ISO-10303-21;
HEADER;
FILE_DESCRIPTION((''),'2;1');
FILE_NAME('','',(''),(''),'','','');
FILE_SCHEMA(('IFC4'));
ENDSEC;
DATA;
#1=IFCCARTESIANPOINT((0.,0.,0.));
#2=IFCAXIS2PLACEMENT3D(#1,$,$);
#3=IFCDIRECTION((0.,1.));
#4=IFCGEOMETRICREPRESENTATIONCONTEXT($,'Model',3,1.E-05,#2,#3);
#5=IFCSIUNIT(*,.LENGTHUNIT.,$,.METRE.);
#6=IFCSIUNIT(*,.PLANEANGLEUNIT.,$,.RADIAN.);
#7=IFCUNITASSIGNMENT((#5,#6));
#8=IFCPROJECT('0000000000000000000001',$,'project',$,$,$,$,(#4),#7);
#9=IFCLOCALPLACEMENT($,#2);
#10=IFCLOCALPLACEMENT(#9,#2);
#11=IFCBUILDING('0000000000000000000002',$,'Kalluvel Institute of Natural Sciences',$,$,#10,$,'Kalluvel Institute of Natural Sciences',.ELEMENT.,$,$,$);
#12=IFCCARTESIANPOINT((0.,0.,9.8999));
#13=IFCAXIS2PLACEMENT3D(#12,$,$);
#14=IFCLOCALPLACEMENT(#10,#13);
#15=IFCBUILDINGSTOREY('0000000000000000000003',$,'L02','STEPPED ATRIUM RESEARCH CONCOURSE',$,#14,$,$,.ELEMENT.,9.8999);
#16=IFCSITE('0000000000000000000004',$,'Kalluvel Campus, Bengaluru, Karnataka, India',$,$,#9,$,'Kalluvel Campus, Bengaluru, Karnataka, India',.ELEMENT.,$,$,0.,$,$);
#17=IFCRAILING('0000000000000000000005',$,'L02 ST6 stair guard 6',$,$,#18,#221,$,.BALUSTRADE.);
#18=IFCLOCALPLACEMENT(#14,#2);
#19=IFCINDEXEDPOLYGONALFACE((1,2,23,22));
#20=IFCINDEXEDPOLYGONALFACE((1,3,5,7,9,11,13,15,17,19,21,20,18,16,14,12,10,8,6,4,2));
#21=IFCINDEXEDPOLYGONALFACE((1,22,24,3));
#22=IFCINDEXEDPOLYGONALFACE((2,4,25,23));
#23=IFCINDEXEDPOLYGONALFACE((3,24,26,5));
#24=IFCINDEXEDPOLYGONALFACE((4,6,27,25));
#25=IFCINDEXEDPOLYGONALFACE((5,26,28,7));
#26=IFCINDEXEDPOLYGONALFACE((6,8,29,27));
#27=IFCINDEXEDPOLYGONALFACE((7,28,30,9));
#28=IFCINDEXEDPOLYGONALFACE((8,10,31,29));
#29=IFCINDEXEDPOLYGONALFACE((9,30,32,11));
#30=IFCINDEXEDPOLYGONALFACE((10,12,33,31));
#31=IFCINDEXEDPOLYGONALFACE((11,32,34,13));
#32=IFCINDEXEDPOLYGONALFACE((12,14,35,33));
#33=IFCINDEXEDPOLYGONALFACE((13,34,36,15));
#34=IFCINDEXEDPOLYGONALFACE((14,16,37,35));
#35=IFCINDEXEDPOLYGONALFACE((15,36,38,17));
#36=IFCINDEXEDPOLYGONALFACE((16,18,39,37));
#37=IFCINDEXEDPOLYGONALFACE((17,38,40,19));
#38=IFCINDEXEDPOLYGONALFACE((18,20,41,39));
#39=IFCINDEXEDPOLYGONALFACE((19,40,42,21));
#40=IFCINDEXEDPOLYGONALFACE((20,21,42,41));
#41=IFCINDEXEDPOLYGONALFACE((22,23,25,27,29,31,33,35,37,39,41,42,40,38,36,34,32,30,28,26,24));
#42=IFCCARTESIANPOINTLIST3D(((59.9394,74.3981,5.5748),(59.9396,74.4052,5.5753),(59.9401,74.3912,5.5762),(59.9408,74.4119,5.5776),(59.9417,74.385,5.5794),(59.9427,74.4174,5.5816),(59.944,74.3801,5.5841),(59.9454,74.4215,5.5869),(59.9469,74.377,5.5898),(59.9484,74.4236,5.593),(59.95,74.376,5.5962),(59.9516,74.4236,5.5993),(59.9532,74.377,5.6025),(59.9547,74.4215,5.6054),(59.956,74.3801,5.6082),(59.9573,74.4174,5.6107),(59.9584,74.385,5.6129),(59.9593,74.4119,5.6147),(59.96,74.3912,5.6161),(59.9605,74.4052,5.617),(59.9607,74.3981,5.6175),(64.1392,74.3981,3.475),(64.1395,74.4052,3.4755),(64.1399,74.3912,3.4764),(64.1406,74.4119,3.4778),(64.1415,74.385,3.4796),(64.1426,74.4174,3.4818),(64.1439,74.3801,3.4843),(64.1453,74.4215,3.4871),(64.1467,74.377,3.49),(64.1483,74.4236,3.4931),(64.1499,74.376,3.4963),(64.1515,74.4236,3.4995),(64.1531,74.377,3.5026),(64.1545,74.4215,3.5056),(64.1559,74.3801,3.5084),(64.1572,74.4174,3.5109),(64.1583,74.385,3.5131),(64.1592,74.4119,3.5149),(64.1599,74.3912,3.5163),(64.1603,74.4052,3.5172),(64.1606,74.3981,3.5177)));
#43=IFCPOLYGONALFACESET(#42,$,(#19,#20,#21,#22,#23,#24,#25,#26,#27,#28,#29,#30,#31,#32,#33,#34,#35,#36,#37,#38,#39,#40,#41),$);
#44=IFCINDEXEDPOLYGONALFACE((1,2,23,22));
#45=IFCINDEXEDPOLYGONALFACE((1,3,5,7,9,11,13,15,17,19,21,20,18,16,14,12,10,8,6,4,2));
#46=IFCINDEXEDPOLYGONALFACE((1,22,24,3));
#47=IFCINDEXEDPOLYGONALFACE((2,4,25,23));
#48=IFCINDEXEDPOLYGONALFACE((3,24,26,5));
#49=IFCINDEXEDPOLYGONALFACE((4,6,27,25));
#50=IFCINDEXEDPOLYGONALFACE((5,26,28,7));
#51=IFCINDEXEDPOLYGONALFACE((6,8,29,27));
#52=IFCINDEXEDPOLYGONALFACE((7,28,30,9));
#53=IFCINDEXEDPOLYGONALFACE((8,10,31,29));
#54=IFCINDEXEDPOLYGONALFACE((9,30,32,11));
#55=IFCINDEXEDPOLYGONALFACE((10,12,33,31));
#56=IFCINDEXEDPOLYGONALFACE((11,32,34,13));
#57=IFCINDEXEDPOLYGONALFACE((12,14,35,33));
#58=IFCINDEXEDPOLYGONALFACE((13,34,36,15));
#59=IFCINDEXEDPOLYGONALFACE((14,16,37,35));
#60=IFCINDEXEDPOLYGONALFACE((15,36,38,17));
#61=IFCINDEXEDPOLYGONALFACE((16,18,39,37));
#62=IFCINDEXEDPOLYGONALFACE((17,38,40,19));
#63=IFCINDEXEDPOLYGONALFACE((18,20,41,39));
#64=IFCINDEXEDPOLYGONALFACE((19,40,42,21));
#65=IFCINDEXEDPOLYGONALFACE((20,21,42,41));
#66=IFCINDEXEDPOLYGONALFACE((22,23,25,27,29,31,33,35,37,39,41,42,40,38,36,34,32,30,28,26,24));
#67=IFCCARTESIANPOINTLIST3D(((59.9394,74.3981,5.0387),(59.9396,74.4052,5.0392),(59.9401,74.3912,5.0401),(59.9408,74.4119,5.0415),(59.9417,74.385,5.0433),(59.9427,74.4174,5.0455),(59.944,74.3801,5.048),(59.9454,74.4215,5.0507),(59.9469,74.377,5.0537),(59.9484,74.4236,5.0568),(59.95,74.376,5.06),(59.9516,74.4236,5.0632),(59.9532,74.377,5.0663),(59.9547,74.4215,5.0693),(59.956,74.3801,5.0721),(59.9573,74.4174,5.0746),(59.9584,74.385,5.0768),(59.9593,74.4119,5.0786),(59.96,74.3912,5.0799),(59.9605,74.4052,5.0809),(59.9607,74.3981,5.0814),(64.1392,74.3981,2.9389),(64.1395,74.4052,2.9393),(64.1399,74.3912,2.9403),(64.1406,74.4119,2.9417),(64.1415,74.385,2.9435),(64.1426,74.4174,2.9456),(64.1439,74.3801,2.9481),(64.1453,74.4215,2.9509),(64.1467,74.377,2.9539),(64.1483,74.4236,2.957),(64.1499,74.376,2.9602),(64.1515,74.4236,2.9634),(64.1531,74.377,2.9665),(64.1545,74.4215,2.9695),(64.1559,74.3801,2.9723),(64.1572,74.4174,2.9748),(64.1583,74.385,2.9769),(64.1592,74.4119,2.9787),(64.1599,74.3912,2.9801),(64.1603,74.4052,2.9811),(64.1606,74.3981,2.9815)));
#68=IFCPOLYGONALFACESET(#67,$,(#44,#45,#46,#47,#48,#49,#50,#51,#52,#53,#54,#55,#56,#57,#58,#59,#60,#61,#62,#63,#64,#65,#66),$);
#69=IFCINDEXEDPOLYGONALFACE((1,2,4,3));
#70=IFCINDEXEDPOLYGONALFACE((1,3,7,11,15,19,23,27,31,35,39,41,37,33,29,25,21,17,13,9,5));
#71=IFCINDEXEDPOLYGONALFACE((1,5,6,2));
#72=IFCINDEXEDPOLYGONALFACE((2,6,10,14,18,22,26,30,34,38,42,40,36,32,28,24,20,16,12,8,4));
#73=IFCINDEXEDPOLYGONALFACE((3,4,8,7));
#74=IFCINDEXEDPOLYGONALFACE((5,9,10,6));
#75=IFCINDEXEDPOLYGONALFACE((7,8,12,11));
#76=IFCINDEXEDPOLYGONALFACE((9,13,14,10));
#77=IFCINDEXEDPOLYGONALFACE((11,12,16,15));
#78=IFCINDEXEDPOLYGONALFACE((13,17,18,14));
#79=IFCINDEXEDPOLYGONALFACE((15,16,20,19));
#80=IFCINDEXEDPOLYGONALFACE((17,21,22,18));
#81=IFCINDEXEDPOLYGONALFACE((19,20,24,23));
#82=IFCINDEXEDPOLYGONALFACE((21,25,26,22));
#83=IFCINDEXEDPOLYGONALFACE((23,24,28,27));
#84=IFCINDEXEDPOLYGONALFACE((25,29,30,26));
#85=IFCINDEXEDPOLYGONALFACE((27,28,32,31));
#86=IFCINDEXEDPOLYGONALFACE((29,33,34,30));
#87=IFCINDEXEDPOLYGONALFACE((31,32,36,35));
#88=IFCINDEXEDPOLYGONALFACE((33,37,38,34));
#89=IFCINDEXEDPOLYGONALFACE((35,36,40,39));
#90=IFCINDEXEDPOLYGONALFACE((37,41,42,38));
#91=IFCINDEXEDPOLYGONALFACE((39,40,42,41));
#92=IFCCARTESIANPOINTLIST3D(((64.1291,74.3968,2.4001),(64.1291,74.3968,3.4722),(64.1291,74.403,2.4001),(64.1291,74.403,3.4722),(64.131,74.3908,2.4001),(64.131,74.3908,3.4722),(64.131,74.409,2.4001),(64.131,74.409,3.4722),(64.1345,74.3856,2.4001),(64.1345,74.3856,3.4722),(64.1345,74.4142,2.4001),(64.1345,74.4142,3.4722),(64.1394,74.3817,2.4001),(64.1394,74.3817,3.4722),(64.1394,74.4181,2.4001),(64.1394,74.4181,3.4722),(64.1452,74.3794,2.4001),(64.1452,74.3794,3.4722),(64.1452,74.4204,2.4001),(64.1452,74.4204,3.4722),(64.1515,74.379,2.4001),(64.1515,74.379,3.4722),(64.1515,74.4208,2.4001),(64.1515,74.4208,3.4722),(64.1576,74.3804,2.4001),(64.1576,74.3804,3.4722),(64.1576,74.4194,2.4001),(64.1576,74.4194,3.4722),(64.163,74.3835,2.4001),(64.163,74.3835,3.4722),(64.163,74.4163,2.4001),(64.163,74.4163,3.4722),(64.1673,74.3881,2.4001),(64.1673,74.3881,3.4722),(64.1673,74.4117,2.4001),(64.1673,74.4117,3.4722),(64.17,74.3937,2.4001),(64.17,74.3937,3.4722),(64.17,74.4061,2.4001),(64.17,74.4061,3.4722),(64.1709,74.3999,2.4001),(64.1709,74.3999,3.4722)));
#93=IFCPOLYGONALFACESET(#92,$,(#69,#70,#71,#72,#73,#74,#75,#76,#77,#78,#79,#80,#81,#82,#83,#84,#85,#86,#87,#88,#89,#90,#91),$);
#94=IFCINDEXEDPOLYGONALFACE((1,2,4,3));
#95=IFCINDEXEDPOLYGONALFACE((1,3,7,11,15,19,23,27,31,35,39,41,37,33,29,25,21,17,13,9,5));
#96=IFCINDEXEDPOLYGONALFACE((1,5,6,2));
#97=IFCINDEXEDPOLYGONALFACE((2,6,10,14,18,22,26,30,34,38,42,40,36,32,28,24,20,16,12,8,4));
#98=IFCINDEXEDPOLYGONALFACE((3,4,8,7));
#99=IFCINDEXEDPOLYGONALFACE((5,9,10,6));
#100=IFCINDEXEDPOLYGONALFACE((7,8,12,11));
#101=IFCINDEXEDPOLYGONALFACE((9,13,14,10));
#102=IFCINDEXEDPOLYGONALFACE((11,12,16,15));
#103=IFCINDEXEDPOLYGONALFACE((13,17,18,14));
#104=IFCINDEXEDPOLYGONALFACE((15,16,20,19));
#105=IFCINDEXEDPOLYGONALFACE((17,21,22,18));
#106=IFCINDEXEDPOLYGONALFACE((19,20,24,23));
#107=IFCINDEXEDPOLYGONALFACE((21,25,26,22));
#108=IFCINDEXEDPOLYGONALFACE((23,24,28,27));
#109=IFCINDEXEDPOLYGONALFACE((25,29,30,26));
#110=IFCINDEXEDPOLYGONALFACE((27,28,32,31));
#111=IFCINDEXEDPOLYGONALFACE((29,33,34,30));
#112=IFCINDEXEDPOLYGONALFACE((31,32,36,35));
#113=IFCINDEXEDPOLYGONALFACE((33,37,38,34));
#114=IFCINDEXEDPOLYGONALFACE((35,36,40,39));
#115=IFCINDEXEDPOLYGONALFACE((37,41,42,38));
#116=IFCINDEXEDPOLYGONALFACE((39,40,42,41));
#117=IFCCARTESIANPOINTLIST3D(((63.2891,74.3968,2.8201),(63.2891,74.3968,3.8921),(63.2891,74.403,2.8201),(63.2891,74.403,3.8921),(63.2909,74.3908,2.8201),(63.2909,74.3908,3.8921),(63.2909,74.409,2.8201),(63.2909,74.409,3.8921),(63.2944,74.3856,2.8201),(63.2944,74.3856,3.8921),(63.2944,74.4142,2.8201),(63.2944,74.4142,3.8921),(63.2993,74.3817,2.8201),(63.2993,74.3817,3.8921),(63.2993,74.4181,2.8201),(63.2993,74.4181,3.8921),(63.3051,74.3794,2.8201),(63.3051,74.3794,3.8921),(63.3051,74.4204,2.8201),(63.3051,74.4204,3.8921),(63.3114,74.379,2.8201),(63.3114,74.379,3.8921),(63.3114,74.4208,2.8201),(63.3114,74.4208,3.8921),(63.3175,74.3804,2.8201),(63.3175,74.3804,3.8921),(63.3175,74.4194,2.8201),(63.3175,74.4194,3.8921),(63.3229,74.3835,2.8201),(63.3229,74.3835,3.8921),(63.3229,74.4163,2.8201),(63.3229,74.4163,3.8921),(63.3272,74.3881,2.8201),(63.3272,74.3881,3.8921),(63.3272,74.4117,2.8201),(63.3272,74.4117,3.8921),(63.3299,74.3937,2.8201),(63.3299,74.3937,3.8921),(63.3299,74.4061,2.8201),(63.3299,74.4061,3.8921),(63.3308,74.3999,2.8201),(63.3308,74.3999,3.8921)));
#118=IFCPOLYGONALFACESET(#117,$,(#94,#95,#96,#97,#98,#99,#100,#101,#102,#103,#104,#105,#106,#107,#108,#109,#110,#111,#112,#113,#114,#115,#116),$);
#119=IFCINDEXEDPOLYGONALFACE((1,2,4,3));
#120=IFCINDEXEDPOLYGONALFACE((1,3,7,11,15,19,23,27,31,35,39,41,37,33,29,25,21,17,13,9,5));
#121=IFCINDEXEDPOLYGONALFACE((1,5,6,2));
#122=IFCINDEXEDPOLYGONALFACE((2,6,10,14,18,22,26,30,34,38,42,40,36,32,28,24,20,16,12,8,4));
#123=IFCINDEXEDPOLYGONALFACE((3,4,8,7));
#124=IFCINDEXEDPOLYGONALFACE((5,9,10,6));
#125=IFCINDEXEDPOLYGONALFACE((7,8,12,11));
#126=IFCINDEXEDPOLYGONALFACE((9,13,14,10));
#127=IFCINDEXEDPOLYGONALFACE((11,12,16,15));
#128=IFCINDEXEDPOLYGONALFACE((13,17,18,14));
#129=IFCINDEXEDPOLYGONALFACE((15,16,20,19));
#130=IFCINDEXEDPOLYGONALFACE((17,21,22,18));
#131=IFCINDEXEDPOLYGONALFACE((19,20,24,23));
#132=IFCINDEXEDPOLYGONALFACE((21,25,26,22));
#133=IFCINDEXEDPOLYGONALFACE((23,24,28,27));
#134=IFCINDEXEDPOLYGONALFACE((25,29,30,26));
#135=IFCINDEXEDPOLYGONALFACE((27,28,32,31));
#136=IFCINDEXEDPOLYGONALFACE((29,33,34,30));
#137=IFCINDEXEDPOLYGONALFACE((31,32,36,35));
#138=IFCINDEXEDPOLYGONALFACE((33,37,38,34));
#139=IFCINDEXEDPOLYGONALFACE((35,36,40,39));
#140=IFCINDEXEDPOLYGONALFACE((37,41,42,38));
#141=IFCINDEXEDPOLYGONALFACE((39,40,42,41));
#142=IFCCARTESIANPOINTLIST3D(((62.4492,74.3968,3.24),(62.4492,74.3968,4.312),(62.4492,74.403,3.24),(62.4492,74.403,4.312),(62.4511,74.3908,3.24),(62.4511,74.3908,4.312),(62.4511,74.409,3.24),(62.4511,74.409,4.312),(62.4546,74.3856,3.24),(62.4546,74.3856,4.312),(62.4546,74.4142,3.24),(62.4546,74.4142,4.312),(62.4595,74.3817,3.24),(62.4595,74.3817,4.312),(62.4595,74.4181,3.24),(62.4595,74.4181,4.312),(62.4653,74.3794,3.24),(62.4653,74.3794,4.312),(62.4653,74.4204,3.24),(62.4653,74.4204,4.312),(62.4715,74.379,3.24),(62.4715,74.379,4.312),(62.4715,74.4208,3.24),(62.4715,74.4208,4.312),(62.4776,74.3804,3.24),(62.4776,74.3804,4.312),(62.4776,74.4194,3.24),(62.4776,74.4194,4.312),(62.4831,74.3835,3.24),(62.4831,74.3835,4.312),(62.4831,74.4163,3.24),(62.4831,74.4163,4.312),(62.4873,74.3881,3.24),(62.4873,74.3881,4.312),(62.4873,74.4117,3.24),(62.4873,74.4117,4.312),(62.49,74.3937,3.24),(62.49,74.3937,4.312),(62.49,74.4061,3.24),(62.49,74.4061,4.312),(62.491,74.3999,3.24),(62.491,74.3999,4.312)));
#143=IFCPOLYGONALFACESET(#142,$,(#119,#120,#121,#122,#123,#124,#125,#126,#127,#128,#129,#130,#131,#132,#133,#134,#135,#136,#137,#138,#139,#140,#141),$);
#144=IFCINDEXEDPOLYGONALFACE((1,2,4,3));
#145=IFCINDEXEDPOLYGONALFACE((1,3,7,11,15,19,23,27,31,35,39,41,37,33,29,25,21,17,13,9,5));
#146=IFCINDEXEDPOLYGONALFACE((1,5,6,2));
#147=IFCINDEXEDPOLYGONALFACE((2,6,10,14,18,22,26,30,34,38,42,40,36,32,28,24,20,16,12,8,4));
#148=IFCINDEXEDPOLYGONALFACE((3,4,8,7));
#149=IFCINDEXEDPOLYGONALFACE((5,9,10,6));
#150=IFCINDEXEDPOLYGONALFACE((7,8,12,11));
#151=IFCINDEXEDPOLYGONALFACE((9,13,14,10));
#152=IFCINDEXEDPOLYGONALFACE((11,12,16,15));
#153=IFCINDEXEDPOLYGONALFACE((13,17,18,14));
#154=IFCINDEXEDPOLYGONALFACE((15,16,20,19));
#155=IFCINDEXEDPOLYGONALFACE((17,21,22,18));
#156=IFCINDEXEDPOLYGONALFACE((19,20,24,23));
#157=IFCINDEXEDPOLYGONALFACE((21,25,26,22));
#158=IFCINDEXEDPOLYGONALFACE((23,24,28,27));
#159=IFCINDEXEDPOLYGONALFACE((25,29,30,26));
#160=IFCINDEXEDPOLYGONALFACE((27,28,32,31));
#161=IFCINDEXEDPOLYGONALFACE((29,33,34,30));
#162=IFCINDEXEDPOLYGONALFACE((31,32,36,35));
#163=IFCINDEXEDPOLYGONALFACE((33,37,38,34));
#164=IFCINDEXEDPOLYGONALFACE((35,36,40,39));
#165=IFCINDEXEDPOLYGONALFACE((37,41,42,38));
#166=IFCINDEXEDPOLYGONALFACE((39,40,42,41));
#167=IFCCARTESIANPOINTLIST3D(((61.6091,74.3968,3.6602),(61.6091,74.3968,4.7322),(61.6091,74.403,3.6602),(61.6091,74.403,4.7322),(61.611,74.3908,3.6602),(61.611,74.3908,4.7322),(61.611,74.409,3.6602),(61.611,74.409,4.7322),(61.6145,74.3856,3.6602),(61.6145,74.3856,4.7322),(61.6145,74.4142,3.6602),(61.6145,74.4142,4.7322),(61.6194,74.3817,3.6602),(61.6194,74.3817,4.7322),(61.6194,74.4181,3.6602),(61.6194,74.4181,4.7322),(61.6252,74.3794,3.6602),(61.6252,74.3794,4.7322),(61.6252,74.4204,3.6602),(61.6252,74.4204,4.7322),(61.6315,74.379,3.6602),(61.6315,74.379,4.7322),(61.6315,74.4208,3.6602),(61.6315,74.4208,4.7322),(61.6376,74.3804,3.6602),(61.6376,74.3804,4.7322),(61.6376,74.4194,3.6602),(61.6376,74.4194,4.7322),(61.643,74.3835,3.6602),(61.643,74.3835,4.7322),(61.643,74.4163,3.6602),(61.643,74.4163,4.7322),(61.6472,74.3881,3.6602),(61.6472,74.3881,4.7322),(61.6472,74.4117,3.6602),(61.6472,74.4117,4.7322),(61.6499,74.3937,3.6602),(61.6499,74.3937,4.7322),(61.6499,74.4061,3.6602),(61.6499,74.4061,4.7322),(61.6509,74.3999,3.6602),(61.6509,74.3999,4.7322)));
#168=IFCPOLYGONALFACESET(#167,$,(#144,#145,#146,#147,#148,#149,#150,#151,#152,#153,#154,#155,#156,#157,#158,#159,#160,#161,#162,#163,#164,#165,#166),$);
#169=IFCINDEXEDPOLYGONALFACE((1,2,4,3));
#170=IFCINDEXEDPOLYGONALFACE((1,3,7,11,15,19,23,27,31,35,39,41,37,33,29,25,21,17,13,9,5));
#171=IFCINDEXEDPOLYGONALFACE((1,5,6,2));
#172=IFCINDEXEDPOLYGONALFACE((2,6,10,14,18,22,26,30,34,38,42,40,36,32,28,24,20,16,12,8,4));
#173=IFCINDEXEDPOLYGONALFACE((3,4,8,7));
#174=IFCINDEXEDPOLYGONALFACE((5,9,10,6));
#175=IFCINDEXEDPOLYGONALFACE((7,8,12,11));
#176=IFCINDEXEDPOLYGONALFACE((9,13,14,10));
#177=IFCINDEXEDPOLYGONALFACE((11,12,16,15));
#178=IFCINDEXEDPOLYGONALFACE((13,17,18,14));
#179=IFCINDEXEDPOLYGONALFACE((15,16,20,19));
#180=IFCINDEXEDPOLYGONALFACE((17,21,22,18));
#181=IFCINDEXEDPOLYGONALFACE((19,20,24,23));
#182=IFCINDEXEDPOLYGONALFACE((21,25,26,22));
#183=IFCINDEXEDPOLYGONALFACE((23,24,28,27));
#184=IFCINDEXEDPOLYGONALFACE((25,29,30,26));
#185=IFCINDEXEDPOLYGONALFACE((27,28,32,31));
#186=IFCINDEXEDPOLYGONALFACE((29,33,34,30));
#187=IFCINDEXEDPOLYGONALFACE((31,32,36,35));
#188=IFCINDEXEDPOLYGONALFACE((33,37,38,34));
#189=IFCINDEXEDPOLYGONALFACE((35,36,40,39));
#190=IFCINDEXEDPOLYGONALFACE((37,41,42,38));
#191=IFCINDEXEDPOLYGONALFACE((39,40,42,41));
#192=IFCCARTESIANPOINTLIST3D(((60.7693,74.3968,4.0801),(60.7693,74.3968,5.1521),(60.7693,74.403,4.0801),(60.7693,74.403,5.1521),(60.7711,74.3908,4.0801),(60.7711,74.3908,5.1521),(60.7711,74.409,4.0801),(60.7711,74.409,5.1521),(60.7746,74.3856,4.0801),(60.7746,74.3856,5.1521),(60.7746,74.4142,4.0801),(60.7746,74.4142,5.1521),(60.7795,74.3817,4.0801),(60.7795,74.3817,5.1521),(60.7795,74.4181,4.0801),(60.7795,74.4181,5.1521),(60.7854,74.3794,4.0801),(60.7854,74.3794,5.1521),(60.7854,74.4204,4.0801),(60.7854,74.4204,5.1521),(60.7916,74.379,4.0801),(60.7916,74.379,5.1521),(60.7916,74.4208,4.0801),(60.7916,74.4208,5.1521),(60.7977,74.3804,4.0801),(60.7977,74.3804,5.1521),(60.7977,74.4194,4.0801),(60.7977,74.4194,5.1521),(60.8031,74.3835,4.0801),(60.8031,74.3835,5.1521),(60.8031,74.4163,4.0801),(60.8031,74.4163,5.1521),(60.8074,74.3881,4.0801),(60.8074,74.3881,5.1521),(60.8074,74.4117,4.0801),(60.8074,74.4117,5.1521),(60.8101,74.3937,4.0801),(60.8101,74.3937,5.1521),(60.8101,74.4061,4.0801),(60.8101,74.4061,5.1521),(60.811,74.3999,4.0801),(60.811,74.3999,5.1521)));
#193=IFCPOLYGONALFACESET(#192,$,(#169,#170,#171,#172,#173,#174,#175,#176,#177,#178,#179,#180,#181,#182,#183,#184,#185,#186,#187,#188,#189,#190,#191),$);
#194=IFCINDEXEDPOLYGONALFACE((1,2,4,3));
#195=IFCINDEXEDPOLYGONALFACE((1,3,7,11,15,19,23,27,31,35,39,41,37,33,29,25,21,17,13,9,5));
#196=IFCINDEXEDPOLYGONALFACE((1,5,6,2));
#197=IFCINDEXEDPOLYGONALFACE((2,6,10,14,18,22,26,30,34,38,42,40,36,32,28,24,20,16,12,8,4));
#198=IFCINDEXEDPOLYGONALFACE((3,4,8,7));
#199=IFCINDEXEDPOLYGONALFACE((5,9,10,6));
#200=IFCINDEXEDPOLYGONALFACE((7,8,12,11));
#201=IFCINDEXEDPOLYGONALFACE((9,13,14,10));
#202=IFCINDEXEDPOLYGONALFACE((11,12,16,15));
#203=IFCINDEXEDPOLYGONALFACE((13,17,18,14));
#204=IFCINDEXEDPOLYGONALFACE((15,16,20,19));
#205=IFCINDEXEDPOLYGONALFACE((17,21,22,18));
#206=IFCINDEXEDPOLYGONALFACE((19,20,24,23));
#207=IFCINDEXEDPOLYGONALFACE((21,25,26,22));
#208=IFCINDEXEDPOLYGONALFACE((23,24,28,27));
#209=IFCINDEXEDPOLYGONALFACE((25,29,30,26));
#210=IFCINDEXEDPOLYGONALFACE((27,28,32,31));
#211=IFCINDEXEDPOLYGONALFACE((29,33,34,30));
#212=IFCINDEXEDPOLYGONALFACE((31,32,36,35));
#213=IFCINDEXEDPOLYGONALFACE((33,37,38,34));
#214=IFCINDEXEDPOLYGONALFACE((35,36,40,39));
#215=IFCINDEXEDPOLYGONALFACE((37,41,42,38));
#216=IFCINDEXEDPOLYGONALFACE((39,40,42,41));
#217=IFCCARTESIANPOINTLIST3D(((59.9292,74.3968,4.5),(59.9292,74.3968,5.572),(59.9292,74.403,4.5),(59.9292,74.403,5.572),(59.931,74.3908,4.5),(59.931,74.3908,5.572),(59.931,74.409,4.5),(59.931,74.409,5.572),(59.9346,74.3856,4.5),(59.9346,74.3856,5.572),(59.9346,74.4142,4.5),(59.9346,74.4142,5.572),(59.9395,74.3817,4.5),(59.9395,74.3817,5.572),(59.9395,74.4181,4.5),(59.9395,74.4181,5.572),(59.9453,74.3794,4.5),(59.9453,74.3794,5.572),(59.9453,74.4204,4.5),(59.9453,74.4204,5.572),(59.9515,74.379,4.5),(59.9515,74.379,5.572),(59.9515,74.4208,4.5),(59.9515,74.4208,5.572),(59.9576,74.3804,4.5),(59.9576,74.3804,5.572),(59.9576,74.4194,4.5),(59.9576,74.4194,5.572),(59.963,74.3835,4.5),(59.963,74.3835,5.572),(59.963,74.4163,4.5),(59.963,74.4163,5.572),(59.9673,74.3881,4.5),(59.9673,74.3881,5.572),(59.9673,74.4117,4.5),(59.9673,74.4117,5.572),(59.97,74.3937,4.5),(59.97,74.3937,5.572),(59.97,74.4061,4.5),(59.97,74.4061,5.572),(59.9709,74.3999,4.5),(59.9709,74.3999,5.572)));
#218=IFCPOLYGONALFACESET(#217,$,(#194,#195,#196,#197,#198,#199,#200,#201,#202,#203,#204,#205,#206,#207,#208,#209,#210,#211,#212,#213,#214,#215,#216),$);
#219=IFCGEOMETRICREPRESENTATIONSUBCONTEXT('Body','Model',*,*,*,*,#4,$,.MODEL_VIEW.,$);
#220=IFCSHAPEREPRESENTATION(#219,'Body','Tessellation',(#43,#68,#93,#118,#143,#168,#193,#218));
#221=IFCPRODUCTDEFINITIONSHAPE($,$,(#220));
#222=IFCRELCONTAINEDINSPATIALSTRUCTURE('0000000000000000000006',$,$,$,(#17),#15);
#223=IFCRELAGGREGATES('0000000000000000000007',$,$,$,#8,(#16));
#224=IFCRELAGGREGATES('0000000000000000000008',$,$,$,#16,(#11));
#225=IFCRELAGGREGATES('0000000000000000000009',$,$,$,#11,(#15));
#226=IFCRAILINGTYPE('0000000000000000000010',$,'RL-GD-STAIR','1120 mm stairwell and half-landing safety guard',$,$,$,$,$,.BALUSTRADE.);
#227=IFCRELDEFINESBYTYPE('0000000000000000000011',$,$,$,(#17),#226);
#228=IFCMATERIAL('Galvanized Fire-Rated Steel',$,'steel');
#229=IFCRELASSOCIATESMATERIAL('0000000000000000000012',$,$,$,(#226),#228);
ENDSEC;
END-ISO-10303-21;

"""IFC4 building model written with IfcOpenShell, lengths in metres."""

from ifc_helpers import new_model, si_unit, direction, frame, origin, origin_2d, place, context, subcontext, project, spatial, circle, extrude, material, type_object, element, save


model = new_model("IFC4")

# Units and contexts
model_context = context("Model", 3, precision=1e-05, world=origin(), true_north=direction((0.0, 1.0)))
body_context = subcontext(model_context, "Body", "Model", "MODEL_VIEW")
ifc_project = project(units=[si_unit("LENGTHUNIT", "METRE"), si_unit("PLANEANGLEUNIT", "RADIAN")], contexts=[model_context])

# Site, building, storey
site_placement = place(None, origin())
site = spatial("IfcSite", under=ifc_project, at=site_placement, Name="Kalluvel Campus, Bengaluru, Karnataka, India", LongName="Kalluvel Campus, Bengaluru, Karnataka, India", CompositionType="ELEMENT", RefElevation=0.0)
building_placement = place(site_placement, origin())
building = spatial("IfcBuilding", under=site, at=building_placement, Name="Kalluvel Institute of Natural Sciences", LongName="Kalluvel Institute of Natural Sciences", CompositionType="ELEMENT")
storey_placement = place(building_placement, frame((0.0, 0.0, 9.8999)))
storey = spatial("IfcBuildingStorey", under=building, at=storey_placement, Name="L02", Description="STEPPED ATRIUM RESEARCH CONCOURSE", CompositionType="ELEMENT", Elevation=9.8999)

# Railing
ifc_material_1 = material(Name="Galvanized Fire-Rated Steel", Category="steel")
railing_type = type_object("IfcRailingType", Name="RL-GD-STAIR", Description="1120 mm stairwell and half-landing safety guard", PredefinedType="BALUSTRADE", material=ifc_material_1)
railing_1_placement = place(storey_placement, frame((64.1499, 74.3999, 2.4001)))
element("IfcRailing", 1, at=railing_1_placement, inside=storey, type_object=railing_type, Name="L02 ST6 stair guard 6", PredefinedType="BALUSTRADE", context=body_context, shape_type="SweptSolid", body=[
    extrude(circle(Radius=0.0239, at=origin_2d()), frame((0.0, 0.0, 1.0962), z_axis=(-0.894438, 0.0, 0.447193), x_axis=(0.0, -1.0, 0.0)), (0.0, 0.0, 1.0), 4.6956),
    extrude(circle(Radius=0.0239, at=origin_2d()), frame((0.0, 0.0, 0.5601), z_axis=(-0.894438, 0.0, 0.447193), x_axis=(0.0, -1.0, 0.0)), (0.0, 0.0, 1.0), 4.6956),
    extrude(circle(Radius=0.021, at=origin_2d()), origin(), (0.0, 0.0, 1.0), 1.072),
    extrude(circle(Radius=0.021, at=origin_2d()), frame((-0.8401, 0.0, 0.4199)), (0.0, 0.0, 1.0), 1.072),
    extrude(circle(Radius=0.021, at=origin_2d()), frame((-1.6799, 0.0, 0.8398)), (0.0, 0.0, 1.0), 1.072),
    extrude(circle(Radius=0.021, at=origin_2d()), frame((-2.52, 0.0, 1.26)), (0.0, 0.0, 1.0), 1.072),
    extrude(circle(Radius=0.021, at=origin_2d()), frame((-3.3599, 0.0, 1.6799)), (0.0, 0.0, 1.0), 1.072),
    extrude(circle(Radius=0.021, at=origin_2d()), frame((-4.2, 0.0, 2.0999)), (0.0, 0.0, 1.0), 1.072),
])

save(model, "model.ifc")
